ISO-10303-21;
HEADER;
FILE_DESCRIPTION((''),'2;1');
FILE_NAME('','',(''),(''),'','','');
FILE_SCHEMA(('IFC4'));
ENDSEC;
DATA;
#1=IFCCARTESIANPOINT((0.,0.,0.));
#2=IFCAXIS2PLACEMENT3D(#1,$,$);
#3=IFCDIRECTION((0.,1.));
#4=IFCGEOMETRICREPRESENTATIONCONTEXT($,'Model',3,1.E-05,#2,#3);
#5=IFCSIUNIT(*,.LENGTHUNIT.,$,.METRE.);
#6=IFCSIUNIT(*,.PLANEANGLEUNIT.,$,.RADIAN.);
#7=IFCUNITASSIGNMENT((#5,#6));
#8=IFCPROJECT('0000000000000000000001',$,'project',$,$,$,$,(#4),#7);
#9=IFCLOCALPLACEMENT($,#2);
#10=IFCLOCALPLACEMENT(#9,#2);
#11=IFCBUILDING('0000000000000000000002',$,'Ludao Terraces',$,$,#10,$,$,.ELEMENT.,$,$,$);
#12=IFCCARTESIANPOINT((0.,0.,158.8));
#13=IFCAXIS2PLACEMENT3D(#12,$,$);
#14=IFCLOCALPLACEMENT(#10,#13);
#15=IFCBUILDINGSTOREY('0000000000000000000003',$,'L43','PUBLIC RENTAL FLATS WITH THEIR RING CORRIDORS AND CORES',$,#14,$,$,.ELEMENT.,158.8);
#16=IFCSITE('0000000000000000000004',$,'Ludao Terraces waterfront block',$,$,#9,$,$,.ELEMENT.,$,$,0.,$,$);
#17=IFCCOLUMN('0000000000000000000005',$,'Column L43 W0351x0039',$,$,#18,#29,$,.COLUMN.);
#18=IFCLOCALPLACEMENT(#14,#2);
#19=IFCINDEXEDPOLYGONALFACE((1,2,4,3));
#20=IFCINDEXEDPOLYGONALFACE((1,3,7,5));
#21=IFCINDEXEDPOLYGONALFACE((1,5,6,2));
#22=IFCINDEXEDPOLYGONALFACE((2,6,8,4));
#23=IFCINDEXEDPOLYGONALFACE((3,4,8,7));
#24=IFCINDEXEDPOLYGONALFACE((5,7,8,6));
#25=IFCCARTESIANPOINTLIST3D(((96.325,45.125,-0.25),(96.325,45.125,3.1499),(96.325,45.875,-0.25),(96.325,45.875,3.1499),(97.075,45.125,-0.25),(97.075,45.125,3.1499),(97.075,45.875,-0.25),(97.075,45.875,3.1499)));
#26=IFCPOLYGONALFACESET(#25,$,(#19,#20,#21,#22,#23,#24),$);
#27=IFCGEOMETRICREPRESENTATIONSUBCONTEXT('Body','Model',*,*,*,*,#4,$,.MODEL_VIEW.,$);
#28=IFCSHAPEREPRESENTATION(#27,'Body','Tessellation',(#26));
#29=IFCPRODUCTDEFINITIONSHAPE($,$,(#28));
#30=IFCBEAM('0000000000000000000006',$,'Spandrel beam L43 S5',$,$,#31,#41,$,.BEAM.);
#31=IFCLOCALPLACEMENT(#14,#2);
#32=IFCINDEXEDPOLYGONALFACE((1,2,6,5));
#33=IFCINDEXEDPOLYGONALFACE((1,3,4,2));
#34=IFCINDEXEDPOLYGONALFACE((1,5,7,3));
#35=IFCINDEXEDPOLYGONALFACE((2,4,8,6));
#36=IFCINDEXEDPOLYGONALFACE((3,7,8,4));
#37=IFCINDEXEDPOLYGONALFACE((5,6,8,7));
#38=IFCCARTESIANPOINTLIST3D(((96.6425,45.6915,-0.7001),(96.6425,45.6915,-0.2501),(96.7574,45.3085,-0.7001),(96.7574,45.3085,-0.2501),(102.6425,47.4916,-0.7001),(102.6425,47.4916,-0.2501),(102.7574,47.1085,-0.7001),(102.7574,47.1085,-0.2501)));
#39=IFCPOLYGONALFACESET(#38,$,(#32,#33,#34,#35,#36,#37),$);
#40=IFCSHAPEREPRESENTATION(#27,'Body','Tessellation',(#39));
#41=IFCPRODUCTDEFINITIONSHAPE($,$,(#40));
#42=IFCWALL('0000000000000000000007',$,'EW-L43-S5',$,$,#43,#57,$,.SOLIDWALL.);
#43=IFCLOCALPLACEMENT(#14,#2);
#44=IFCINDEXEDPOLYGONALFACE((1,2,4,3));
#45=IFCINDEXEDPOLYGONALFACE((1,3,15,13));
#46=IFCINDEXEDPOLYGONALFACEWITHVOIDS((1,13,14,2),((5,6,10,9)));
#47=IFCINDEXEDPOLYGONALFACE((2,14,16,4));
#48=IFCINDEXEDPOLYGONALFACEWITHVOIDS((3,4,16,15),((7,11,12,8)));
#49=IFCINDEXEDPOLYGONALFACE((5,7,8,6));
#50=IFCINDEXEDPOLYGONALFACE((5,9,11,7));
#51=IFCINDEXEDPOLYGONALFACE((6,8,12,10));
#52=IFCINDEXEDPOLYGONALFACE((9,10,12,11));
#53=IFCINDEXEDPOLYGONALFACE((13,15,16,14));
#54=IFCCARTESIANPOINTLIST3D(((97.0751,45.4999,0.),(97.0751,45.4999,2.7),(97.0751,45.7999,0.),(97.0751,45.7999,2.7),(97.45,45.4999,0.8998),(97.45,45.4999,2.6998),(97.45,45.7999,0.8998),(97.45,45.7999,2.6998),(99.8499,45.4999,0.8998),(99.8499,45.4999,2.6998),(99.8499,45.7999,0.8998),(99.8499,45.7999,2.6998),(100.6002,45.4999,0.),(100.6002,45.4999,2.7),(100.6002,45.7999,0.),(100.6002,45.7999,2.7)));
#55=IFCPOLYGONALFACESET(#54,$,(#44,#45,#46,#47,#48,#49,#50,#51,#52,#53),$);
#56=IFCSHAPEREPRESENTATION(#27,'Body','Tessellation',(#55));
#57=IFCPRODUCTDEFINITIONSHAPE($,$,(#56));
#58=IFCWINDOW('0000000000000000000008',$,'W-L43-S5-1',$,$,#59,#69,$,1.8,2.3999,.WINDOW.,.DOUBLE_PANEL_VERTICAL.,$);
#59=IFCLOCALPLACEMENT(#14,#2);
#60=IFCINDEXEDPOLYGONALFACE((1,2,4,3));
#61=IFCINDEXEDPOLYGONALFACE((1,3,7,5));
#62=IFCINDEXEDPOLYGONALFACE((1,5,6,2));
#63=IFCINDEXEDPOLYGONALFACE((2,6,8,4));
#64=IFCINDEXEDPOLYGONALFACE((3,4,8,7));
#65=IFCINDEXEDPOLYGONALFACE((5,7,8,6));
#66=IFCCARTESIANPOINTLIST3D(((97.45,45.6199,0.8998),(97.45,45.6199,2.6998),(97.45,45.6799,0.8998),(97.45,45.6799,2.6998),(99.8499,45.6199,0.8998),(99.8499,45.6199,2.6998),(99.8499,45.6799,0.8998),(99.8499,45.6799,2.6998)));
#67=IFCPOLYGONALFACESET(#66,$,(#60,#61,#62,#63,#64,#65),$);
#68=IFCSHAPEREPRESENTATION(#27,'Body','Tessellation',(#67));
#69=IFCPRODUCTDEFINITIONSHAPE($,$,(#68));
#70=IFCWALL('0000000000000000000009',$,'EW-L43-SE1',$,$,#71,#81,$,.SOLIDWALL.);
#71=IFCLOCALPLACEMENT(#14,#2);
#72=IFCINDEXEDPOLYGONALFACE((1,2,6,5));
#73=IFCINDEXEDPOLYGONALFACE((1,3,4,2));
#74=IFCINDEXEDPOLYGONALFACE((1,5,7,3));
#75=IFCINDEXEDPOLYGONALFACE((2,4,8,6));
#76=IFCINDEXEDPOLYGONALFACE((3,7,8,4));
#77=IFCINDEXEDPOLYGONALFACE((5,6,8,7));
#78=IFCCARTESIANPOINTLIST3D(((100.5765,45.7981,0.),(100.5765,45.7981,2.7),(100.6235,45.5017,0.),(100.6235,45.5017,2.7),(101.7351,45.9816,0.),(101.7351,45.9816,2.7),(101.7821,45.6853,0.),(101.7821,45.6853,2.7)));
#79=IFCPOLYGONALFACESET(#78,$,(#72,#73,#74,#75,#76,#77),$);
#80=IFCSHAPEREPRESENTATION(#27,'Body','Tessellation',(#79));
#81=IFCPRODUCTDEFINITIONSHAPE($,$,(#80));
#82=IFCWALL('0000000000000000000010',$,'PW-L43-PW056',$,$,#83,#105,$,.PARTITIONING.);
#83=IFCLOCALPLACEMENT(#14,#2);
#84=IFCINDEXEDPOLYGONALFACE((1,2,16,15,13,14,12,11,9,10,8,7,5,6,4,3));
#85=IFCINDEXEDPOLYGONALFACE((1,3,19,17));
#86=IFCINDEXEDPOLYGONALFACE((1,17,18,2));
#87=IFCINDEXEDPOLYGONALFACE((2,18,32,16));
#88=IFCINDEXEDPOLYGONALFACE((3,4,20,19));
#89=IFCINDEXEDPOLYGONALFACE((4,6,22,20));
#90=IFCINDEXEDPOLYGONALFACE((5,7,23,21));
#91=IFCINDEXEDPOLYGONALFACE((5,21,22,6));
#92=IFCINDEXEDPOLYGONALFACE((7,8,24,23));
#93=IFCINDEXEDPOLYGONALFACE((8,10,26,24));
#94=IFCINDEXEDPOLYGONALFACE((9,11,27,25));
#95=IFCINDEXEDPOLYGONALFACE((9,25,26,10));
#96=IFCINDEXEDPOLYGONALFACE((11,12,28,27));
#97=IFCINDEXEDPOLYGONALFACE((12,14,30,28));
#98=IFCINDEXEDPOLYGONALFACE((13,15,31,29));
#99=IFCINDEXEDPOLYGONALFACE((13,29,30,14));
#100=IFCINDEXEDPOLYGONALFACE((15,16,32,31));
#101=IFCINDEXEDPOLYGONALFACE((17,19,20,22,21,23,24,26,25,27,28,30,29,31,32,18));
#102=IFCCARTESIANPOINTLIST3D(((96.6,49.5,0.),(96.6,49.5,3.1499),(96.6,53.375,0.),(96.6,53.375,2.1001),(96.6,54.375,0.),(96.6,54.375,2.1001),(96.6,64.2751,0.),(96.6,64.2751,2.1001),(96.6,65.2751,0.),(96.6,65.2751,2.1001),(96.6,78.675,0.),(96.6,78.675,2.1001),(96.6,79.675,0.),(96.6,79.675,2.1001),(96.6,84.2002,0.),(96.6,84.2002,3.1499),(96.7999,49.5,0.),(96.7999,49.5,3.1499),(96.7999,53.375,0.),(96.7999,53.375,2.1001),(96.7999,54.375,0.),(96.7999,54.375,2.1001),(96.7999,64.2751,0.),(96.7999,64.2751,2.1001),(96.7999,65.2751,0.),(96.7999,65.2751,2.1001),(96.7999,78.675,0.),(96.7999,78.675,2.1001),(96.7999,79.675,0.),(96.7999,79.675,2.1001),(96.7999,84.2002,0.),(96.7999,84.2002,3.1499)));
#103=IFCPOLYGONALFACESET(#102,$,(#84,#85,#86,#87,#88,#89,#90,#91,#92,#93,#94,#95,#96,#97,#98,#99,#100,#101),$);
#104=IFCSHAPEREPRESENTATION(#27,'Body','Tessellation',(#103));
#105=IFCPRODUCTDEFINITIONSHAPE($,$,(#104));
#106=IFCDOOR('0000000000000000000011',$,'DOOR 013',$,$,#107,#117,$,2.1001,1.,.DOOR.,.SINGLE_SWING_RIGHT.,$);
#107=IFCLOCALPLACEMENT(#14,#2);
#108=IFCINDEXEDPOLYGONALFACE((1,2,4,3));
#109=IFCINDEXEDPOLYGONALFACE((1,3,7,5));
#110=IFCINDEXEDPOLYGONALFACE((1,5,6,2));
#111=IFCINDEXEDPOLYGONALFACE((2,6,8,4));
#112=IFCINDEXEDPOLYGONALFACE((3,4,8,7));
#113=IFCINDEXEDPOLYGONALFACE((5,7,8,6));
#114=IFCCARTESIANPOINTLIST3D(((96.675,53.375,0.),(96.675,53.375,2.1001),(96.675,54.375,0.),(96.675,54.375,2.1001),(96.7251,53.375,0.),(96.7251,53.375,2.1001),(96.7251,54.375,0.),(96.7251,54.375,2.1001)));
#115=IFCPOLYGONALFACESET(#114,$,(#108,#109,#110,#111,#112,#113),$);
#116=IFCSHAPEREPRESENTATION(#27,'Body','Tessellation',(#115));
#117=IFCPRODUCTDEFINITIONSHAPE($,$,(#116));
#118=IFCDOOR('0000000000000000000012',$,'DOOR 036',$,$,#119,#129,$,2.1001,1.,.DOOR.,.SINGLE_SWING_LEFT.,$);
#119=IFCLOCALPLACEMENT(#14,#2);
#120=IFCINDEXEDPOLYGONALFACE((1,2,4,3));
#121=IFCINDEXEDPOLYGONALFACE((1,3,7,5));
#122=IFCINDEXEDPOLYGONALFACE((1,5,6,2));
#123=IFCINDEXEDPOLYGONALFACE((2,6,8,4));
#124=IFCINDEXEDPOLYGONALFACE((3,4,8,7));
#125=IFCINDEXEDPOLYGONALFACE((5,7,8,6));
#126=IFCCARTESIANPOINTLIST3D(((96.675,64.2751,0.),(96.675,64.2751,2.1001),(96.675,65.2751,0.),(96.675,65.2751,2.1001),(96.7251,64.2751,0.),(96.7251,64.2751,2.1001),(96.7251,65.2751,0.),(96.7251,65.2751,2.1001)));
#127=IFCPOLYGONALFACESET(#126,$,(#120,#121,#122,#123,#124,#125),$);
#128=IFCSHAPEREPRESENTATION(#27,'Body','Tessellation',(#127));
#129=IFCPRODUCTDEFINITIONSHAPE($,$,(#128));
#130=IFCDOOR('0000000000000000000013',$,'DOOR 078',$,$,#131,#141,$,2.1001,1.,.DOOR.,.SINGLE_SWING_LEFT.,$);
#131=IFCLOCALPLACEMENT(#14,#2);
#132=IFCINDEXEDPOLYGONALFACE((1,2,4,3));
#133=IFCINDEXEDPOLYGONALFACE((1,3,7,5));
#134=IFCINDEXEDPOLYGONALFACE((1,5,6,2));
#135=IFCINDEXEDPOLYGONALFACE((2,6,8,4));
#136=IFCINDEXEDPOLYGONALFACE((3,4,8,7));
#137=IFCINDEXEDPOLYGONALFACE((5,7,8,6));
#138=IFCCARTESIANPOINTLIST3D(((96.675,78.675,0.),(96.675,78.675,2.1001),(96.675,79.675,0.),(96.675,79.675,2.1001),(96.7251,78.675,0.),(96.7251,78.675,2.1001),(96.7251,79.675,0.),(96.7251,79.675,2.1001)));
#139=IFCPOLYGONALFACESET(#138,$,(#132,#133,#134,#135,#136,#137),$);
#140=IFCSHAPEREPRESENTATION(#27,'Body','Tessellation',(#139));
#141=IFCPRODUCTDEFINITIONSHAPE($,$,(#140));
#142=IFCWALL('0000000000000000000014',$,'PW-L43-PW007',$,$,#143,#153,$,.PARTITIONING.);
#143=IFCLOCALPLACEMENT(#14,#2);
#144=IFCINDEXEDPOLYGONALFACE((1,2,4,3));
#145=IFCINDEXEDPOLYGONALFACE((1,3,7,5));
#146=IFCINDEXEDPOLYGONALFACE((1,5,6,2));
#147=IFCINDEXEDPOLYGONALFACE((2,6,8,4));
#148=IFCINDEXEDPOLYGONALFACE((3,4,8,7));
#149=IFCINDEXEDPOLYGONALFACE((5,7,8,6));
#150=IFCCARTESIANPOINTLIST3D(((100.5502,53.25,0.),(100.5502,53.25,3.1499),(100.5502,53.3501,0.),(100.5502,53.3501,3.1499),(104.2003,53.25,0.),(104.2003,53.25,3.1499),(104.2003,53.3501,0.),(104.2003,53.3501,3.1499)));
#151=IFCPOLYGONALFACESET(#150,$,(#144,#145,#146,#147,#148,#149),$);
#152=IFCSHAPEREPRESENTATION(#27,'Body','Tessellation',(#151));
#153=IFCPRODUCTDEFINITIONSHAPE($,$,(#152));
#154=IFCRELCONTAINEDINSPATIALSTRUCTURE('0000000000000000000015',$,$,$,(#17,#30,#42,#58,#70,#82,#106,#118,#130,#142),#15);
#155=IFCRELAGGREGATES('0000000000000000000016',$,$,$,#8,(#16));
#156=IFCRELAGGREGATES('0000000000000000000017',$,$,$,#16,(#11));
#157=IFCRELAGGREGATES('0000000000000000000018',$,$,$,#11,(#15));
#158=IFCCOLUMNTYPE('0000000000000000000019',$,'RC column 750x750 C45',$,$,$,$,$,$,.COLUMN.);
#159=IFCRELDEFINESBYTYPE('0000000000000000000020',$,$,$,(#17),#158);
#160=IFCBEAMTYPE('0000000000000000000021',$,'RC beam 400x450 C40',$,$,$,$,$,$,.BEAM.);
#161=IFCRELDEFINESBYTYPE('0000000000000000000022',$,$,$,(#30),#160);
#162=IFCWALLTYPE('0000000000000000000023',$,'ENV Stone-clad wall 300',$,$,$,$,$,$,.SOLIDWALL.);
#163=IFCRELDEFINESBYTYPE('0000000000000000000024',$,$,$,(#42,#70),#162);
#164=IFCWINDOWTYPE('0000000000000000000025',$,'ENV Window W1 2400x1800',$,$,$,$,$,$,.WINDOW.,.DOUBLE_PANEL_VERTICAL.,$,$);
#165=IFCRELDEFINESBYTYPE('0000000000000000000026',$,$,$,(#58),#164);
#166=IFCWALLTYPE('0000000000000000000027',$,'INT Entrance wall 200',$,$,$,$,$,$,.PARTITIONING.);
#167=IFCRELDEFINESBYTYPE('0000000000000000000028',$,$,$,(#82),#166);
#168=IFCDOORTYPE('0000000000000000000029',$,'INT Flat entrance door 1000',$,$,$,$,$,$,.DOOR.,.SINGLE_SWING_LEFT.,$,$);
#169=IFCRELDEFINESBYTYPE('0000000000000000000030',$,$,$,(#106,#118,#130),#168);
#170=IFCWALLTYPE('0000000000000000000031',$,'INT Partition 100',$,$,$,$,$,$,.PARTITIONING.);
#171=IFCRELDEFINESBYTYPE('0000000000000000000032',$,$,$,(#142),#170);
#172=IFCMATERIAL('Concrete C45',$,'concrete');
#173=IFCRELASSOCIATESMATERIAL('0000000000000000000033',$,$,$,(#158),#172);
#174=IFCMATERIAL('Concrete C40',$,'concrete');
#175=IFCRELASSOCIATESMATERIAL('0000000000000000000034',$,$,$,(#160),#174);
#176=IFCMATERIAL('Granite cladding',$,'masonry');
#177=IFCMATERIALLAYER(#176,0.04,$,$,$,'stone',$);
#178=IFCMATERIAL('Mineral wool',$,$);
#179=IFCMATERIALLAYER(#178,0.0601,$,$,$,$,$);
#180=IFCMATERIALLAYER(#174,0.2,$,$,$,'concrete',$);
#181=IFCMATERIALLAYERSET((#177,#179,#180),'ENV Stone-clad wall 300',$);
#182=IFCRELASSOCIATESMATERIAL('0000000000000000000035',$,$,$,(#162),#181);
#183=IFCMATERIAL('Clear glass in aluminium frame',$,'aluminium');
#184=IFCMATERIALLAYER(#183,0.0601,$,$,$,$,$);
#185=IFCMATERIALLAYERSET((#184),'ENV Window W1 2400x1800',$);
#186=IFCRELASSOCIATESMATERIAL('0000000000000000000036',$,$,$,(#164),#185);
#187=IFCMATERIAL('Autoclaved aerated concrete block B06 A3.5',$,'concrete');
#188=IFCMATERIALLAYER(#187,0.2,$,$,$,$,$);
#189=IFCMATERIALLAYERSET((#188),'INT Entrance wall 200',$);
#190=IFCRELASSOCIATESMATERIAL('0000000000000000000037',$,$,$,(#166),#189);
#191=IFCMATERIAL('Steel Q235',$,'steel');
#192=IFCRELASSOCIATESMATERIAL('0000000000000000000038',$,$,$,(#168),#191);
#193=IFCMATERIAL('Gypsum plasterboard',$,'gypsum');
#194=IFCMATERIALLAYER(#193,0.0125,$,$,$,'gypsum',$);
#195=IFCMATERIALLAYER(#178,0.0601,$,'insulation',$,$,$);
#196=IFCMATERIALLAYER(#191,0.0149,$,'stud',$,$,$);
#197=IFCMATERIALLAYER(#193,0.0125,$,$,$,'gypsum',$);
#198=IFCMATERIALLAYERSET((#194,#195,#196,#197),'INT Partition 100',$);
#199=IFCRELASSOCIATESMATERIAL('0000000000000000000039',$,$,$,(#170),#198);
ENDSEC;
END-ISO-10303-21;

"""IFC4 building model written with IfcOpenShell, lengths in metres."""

from ifc_helpers import new_model, si_unit, direction, frame, frame_2d, origin, origin_2d, place, context, subcontext, project, spatial, rectangle, extrude, material, layer, layer_set, material_profile, profile_set, type_object, element, fill, save


model = new_model("IFC4")

# Units and contexts
model_context = context("Model", 3, precision=1e-05, world=origin(), true_north=direction((0.0, 1.0)))
body_context = subcontext(model_context, "Body", "Model", "MODEL_VIEW")
ifc_project = project(units=[si_unit("LENGTHUNIT", "METRE"), si_unit("PLANEANGLEUNIT", "RADIAN")], contexts=[model_context])

# Site, building, storey
site_placement = place(None, origin())
site = spatial("IfcSite", under=ifc_project, at=site_placement, Name="Ludao Terraces waterfront block", CompositionType="ELEMENT", RefElevation=0.0)
building_placement = place(site_placement, origin())
building = spatial("IfcBuilding", under=site, at=building_placement, Name="Ludao Terraces", CompositionType="ELEMENT")
storey_placement = place(building_placement, frame((0.0, 0.0, 158.8)))
storey = spatial("IfcBuildingStorey", under=building, at=storey_placement, Name="L43", Description="PUBLIC RENTAL FLATS WITH THEIR RING CORRIDORS AND CORES", CompositionType="ELEMENT", Elevation=158.8)

# Column
ifc_material_1 = material(Name="Concrete C45", Category="concrete")
ifc_material_profile_1 = material_profile(ifc_material_1, rectangle(XDim=0.75, YDim=0.75, at=origin_2d()), Name="750 X 750")
ifc_profile_set_1 = profile_set([ifc_material_profile_1], Name="Concrete C45")
column_type = type_object("IfcColumnType", Name="RC column 750x750 C45", PredefinedType="COLUMN", material=ifc_profile_set_1)
column_placement = place(storey_placement, frame((96.7, 45.5, -0.25), z_axis=(0.0, 0.0, 1.0), x_axis=(1.0, 0.0, 0.0)))
element("IfcColumn", 1, at=column_placement, inside=storey, type_object=column_type, Name="Column L43 W0351x0039", PredefinedType="COLUMN", context=body_context, shape_type="SweptSolid", body=[
    extrude(rectangle(XDim=0.75, YDim=0.75, at=origin_2d()), origin(), (0.0, 0.0, 1.0), 3.3999),
])

# Beam
ifc_material_2 = material(Name="Concrete C40", Category="concrete")
ifc_material_profile_2 = material_profile(ifc_material_2, rectangle(XDim=0.3999, YDim=0.45, at=origin_2d()), Name="400 X 450")
ifc_profile_set_2 = profile_set([ifc_material_profile_2], Name="Concrete C40")
beam_type = type_object("IfcBeamType", Name="RC beam 400x450 C40", PredefinedType="BEAM", material=ifc_profile_set_2)
beam_placement = place(storey_placement, frame((96.7, 45.5, -0.4751), z_axis=(0.957824, 0.287355, 0.0), x_axis=(-0.287355, 0.957824, 0.0)))
element("IfcBeam", 2, at=beam_placement, inside=storey, type_object=beam_type, Name="Spandrel beam L43 S5", PredefinedType="BEAM", context=body_context, shape_type="SweptSolid", body=[
    extrude(rectangle(XDim=0.3999, YDim=0.45, at=origin_2d()), origin(), (0.0, 0.0, 1.0), 6.2642),
])

# Wall, opening, window
ifc_material_3 = material(Name="Granite cladding", Category="masonry")
ifc_layer_1 = layer(ifc_material_3, 0.04, Category="stone")
ifc_material_4 = material(Name="Mineral wool")
ifc_layer_2 = layer(ifc_material_4, 0.0601)
ifc_layer_3 = layer(ifc_material_2, 0.2, Category="concrete")
ifc_layer_set_1 = layer_set([ifc_layer_1, ifc_layer_2, ifc_layer_3], Name="ENV Stone-clad wall 300")
wall_type_1 = type_object("IfcWallType", Name="ENV Stone-clad wall 300", PredefinedType="SOLIDWALL", material=ifc_layer_set_1)
wall_1_placement = place(storey_placement, frame((97.075, 45.6499, 0.0), z_axis=(0.0, 0.0, 1.0), x_axis=(1.0, 0.0, 0.0)))
wall_1 = element("IfcWall", 3, at=wall_1_placement, inside=storey, type_object=wall_type_1, Name="EW-L43-S5", PredefinedType="SOLIDWALL", context=body_context, shape_type="SweptSolid", body=[
    extrude(rectangle(XDim=3.5251, YDim=0.3, at=frame_2d((1.7627, 0.0))), origin(), (0.0, 0.0, 1.0), 2.7),
])
opening_1_placement = place(wall_1_placement, frame((0.375, 0.0, 0.8999)))
opening_1 = element("IfcOpeningElement", 4, at=opening_1_placement, cuts=wall_1, PredefinedType="OPENING", context=body_context, shape_type="SweptSolid", body=[
    extrude(rectangle(XDim=2.3999, YDim=1.8, at=frame_2d((1.2, 0.8999))), frame((0.0, 0.1602, 0.0), z_axis=(0.0, -1.0, 0.0), x_axis=(1.0, 0.0, 0.0)), (0.0, 0.0, 1.0), 0.3201),
])
ifc_material_5 = material(Name="Clear glass in aluminium frame", Category="aluminium")
ifc_layer_4 = layer(ifc_material_5, 0.0601)
ifc_layer_set_2 = layer_set([ifc_layer_4], Name="ENV Window W1 2400x1800")
window_type = type_object("IfcWindowType", Name="ENV Window W1 2400x1800", PartitioningType="DOUBLE_PANEL_VERTICAL", PredefinedType="WINDOW", material=ifc_layer_set_2)
window_placement = place(opening_1_placement, origin())
window = element("IfcWindow", 5, at=window_placement, inside=storey, type_object=window_type, Name="W-L43-S5-1", OverallHeight=1.8, OverallWidth=2.3999, PartitioningType="DOUBLE_PANEL_VERTICAL", PredefinedType="WINDOW", context=body_context, shape_type="SweptSolid", body=[
    extrude(rectangle(XDim=2.3999, YDim=1.8, at=frame_2d((1.2, 0.8999))), frame((0.0, 0.03, 0.0), z_axis=(0.0, -1.0, 0.0), x_axis=(1.0, 0.0, 0.0)), (0.0, 0.0, 1.0), 0.0601),
])
fill(opening_1, window)

# Wall
wall_2_placement = place(storey_placement, frame((100.6001, 45.6499, 0.0), z_axis=(0.0, 0.0, 1.0), x_axis=(0.987678, 0.156497, 0.0)))
element("IfcWall", 6, at=wall_2_placement, inside=storey, type_object=wall_type_1, Name="EW-L43-SE1", PredefinedType="SOLIDWALL", context=body_context, shape_type="SweptSolid", body=[
    extrude(rectangle(XDim=1.1731, YDim=0.3, at=frame_2d((0.5864, 0.0))), origin(), (0.0, 0.0, 1.0), 2.7),
])

# Wall, openings, doors
ifc_material_6 = material(Name="Autoclaved aerated concrete block B06 A3.5", Category="concrete")
ifc_layer_5 = layer(ifc_material_6, 0.2)
ifc_layer_set_3 = layer_set([ifc_layer_5], Name="INT Entrance wall 200")
wall_type_2 = type_object("IfcWallType", Name="INT Entrance wall 200", PredefinedType="PARTITIONING", material=ifc_layer_set_3)
wall_3_placement = place(storey_placement, frame((96.7, 49.5, 0.0), z_axis=(0.0, 0.0, 1.0), x_axis=(0.0, 1.0, 0.0)))
wall_3 = element("IfcWall", 7, at=wall_3_placement, inside=storey, type_object=wall_type_2, Name="PW-L43-PW056", PredefinedType="PARTITIONING", context=body_context, shape_type="SweptSolid", body=[
    extrude(rectangle(XDim=34.7002, YDim=0.2, at=frame_2d((17.3501, 0.0))), origin(), (0.0, 0.0, 1.0), 3.1499),
])
opening_2_placement = place(wall_3_placement, frame((3.875, 0.0, 0.0)))
opening_2 = element("IfcOpeningElement", 8, at=opening_2_placement, cuts=wall_3, PredefinedType="OPENING", context=body_context, shape_type="SweptSolid", body=[
    extrude(rectangle(XDim=1.0, YDim=2.1001, at=frame_2d((0.5, 1.05))), frame((0.0, 0.1099, 0.0), z_axis=(0.0, -1.0, 0.0), x_axis=(1.0, 0.0, 0.0)), (0.0, 0.0, 1.0), 0.22),
])
opening_3_placement = place(wall_3_placement, frame((14.7751, 0.0, 0.0)))
opening_3 = element("IfcOpeningElement", 9, at=opening_3_placement, cuts=wall_3, PredefinedType="OPENING", context=body_context, shape_type="SweptSolid", body=[
    extrude(rectangle(XDim=1.0, YDim=2.1001, at=frame_2d((0.5, 1.05))), frame((0.0, 0.1099, 0.0), z_axis=(0.0, -1.0, 0.0), x_axis=(1.0, 0.0, 0.0)), (0.0, 0.0, 1.0), 0.22),
])
opening_4_placement = place(wall_3_placement, frame((29.175, 0.0, 0.0)))
opening_4 = element("IfcOpeningElement", 10, at=opening_4_placement, cuts=wall_3, PredefinedType="OPENING", context=body_context, shape_type="SweptSolid", body=[
    extrude(rectangle(XDim=1.0, YDim=2.1001, at=frame_2d((0.5, 1.05))), frame((0.0, 0.1099, 0.0), z_axis=(0.0, -1.0, 0.0), x_axis=(1.0, 0.0, 0.0)), (0.0, 0.0, 1.0), 0.22),
])
ifc_material_7 = material(Name="Steel Q235", Category="steel")
door_type_1 = type_object("IfcDoorType", Name="INT Flat entrance door 1000", OperationType="SINGLE_SWING_LEFT", PredefinedType="DOOR", material=ifc_material_7)
door_1_placement = place(opening_2_placement, origin())
door_1 = element("IfcDoor", 11, at=door_1_placement, inside=storey, type_object=door_type_1, Name="DOOR 013", OperationType="SINGLE_SWING_RIGHT", OverallHeight=2.1001, OverallWidth=1.0, PredefinedType="DOOR", context=body_context, shape_type="SweptSolid", body=[
    extrude(rectangle(XDim=1.0, YDim=2.1001, at=frame_2d((0.5, 1.05))), frame((0.0, 0.0249, 0.0), z_axis=(0.0, -1.0, 0.0), x_axis=(1.0, 0.0, 0.0)), (0.0, 0.0, 1.0), 0.05),
])
fill(opening_2, door_1)
door_2_placement = place(opening_3_placement, origin())
door_2 = element("IfcDoor", 12, at=door_2_placement, inside=storey, type_object=door_type_1, Name="DOOR 036", OperationType="SINGLE_SWING_LEFT", OverallHeight=2.1001, OverallWidth=1.0, PredefinedType="DOOR", context=body_context, shape_type="SweptSolid", body=[
    extrude(rectangle(XDim=1.0, YDim=2.1001, at=frame_2d((0.5, 1.05))), frame((0.0, 0.0249, 0.0), z_axis=(0.0, -1.0, 0.0), x_axis=(1.0, 0.0, 0.0)), (0.0, 0.0, 1.0), 0.05),
])
fill(opening_3, door_2)
door_3_placement = place(opening_4_placement, origin())
door_3 = element("IfcDoor", 13, at=door_3_placement, inside=storey, type_object=door_type_1, Name="DOOR 078", OperationType="SINGLE_SWING_LEFT", OverallHeight=2.1001, OverallWidth=1.0, PredefinedType="DOOR", context=body_context, shape_type="SweptSolid", body=[
    extrude(rectangle(XDim=1.0, YDim=2.1001, at=frame_2d((0.5, 1.05))), frame((0.0, 0.0249, 0.0), z_axis=(0.0, -1.0, 0.0), x_axis=(1.0, 0.0, 0.0)), (0.0, 0.0, 1.0), 0.05),
])
fill(opening_4, door_3)

# Wall
ifc_material_8 = material(Name="Gypsum plasterboard", Category="gypsum")
ifc_layer_6 = layer(ifc_material_8, 0.0125, Category="gypsum")
ifc_layer_7 = layer(ifc_material_4, 0.0601, Name="insulation")
ifc_layer_8 = layer(ifc_material_7, 0.0149, Name="stud")
ifc_layer_9 = layer(ifc_material_8, 0.0125, Category="gypsum")
ifc_layer_set_4 = layer_set([ifc_layer_6, ifc_layer_7, ifc_layer_8, ifc_layer_9], Name="INT Partition 100")
wall_type_3 = type_object("IfcWallType", Name="INT Partition 100", PredefinedType="PARTITIONING", material=ifc_layer_set_4)
wall_4_placement = place(storey_placement, frame((100.55, 53.3, 0.0), z_axis=(0.0, 0.0, 1.0), x_axis=(1.0, 0.0, 0.0)))
element("IfcWall", 14, at=wall_4_placement, inside=storey, type_object=wall_type_3, Name="PW-L43-PW007", PredefinedType="PARTITIONING", context=body_context, shape_type="SweptSolid", body=[
    extrude(rectangle(XDim=3.6501, YDim=0.1001, at=frame_2d((1.8252, 0.0))), origin(), (0.0, 0.0, 1.0), 3.1499),
])

save(model, "model.ifc")
